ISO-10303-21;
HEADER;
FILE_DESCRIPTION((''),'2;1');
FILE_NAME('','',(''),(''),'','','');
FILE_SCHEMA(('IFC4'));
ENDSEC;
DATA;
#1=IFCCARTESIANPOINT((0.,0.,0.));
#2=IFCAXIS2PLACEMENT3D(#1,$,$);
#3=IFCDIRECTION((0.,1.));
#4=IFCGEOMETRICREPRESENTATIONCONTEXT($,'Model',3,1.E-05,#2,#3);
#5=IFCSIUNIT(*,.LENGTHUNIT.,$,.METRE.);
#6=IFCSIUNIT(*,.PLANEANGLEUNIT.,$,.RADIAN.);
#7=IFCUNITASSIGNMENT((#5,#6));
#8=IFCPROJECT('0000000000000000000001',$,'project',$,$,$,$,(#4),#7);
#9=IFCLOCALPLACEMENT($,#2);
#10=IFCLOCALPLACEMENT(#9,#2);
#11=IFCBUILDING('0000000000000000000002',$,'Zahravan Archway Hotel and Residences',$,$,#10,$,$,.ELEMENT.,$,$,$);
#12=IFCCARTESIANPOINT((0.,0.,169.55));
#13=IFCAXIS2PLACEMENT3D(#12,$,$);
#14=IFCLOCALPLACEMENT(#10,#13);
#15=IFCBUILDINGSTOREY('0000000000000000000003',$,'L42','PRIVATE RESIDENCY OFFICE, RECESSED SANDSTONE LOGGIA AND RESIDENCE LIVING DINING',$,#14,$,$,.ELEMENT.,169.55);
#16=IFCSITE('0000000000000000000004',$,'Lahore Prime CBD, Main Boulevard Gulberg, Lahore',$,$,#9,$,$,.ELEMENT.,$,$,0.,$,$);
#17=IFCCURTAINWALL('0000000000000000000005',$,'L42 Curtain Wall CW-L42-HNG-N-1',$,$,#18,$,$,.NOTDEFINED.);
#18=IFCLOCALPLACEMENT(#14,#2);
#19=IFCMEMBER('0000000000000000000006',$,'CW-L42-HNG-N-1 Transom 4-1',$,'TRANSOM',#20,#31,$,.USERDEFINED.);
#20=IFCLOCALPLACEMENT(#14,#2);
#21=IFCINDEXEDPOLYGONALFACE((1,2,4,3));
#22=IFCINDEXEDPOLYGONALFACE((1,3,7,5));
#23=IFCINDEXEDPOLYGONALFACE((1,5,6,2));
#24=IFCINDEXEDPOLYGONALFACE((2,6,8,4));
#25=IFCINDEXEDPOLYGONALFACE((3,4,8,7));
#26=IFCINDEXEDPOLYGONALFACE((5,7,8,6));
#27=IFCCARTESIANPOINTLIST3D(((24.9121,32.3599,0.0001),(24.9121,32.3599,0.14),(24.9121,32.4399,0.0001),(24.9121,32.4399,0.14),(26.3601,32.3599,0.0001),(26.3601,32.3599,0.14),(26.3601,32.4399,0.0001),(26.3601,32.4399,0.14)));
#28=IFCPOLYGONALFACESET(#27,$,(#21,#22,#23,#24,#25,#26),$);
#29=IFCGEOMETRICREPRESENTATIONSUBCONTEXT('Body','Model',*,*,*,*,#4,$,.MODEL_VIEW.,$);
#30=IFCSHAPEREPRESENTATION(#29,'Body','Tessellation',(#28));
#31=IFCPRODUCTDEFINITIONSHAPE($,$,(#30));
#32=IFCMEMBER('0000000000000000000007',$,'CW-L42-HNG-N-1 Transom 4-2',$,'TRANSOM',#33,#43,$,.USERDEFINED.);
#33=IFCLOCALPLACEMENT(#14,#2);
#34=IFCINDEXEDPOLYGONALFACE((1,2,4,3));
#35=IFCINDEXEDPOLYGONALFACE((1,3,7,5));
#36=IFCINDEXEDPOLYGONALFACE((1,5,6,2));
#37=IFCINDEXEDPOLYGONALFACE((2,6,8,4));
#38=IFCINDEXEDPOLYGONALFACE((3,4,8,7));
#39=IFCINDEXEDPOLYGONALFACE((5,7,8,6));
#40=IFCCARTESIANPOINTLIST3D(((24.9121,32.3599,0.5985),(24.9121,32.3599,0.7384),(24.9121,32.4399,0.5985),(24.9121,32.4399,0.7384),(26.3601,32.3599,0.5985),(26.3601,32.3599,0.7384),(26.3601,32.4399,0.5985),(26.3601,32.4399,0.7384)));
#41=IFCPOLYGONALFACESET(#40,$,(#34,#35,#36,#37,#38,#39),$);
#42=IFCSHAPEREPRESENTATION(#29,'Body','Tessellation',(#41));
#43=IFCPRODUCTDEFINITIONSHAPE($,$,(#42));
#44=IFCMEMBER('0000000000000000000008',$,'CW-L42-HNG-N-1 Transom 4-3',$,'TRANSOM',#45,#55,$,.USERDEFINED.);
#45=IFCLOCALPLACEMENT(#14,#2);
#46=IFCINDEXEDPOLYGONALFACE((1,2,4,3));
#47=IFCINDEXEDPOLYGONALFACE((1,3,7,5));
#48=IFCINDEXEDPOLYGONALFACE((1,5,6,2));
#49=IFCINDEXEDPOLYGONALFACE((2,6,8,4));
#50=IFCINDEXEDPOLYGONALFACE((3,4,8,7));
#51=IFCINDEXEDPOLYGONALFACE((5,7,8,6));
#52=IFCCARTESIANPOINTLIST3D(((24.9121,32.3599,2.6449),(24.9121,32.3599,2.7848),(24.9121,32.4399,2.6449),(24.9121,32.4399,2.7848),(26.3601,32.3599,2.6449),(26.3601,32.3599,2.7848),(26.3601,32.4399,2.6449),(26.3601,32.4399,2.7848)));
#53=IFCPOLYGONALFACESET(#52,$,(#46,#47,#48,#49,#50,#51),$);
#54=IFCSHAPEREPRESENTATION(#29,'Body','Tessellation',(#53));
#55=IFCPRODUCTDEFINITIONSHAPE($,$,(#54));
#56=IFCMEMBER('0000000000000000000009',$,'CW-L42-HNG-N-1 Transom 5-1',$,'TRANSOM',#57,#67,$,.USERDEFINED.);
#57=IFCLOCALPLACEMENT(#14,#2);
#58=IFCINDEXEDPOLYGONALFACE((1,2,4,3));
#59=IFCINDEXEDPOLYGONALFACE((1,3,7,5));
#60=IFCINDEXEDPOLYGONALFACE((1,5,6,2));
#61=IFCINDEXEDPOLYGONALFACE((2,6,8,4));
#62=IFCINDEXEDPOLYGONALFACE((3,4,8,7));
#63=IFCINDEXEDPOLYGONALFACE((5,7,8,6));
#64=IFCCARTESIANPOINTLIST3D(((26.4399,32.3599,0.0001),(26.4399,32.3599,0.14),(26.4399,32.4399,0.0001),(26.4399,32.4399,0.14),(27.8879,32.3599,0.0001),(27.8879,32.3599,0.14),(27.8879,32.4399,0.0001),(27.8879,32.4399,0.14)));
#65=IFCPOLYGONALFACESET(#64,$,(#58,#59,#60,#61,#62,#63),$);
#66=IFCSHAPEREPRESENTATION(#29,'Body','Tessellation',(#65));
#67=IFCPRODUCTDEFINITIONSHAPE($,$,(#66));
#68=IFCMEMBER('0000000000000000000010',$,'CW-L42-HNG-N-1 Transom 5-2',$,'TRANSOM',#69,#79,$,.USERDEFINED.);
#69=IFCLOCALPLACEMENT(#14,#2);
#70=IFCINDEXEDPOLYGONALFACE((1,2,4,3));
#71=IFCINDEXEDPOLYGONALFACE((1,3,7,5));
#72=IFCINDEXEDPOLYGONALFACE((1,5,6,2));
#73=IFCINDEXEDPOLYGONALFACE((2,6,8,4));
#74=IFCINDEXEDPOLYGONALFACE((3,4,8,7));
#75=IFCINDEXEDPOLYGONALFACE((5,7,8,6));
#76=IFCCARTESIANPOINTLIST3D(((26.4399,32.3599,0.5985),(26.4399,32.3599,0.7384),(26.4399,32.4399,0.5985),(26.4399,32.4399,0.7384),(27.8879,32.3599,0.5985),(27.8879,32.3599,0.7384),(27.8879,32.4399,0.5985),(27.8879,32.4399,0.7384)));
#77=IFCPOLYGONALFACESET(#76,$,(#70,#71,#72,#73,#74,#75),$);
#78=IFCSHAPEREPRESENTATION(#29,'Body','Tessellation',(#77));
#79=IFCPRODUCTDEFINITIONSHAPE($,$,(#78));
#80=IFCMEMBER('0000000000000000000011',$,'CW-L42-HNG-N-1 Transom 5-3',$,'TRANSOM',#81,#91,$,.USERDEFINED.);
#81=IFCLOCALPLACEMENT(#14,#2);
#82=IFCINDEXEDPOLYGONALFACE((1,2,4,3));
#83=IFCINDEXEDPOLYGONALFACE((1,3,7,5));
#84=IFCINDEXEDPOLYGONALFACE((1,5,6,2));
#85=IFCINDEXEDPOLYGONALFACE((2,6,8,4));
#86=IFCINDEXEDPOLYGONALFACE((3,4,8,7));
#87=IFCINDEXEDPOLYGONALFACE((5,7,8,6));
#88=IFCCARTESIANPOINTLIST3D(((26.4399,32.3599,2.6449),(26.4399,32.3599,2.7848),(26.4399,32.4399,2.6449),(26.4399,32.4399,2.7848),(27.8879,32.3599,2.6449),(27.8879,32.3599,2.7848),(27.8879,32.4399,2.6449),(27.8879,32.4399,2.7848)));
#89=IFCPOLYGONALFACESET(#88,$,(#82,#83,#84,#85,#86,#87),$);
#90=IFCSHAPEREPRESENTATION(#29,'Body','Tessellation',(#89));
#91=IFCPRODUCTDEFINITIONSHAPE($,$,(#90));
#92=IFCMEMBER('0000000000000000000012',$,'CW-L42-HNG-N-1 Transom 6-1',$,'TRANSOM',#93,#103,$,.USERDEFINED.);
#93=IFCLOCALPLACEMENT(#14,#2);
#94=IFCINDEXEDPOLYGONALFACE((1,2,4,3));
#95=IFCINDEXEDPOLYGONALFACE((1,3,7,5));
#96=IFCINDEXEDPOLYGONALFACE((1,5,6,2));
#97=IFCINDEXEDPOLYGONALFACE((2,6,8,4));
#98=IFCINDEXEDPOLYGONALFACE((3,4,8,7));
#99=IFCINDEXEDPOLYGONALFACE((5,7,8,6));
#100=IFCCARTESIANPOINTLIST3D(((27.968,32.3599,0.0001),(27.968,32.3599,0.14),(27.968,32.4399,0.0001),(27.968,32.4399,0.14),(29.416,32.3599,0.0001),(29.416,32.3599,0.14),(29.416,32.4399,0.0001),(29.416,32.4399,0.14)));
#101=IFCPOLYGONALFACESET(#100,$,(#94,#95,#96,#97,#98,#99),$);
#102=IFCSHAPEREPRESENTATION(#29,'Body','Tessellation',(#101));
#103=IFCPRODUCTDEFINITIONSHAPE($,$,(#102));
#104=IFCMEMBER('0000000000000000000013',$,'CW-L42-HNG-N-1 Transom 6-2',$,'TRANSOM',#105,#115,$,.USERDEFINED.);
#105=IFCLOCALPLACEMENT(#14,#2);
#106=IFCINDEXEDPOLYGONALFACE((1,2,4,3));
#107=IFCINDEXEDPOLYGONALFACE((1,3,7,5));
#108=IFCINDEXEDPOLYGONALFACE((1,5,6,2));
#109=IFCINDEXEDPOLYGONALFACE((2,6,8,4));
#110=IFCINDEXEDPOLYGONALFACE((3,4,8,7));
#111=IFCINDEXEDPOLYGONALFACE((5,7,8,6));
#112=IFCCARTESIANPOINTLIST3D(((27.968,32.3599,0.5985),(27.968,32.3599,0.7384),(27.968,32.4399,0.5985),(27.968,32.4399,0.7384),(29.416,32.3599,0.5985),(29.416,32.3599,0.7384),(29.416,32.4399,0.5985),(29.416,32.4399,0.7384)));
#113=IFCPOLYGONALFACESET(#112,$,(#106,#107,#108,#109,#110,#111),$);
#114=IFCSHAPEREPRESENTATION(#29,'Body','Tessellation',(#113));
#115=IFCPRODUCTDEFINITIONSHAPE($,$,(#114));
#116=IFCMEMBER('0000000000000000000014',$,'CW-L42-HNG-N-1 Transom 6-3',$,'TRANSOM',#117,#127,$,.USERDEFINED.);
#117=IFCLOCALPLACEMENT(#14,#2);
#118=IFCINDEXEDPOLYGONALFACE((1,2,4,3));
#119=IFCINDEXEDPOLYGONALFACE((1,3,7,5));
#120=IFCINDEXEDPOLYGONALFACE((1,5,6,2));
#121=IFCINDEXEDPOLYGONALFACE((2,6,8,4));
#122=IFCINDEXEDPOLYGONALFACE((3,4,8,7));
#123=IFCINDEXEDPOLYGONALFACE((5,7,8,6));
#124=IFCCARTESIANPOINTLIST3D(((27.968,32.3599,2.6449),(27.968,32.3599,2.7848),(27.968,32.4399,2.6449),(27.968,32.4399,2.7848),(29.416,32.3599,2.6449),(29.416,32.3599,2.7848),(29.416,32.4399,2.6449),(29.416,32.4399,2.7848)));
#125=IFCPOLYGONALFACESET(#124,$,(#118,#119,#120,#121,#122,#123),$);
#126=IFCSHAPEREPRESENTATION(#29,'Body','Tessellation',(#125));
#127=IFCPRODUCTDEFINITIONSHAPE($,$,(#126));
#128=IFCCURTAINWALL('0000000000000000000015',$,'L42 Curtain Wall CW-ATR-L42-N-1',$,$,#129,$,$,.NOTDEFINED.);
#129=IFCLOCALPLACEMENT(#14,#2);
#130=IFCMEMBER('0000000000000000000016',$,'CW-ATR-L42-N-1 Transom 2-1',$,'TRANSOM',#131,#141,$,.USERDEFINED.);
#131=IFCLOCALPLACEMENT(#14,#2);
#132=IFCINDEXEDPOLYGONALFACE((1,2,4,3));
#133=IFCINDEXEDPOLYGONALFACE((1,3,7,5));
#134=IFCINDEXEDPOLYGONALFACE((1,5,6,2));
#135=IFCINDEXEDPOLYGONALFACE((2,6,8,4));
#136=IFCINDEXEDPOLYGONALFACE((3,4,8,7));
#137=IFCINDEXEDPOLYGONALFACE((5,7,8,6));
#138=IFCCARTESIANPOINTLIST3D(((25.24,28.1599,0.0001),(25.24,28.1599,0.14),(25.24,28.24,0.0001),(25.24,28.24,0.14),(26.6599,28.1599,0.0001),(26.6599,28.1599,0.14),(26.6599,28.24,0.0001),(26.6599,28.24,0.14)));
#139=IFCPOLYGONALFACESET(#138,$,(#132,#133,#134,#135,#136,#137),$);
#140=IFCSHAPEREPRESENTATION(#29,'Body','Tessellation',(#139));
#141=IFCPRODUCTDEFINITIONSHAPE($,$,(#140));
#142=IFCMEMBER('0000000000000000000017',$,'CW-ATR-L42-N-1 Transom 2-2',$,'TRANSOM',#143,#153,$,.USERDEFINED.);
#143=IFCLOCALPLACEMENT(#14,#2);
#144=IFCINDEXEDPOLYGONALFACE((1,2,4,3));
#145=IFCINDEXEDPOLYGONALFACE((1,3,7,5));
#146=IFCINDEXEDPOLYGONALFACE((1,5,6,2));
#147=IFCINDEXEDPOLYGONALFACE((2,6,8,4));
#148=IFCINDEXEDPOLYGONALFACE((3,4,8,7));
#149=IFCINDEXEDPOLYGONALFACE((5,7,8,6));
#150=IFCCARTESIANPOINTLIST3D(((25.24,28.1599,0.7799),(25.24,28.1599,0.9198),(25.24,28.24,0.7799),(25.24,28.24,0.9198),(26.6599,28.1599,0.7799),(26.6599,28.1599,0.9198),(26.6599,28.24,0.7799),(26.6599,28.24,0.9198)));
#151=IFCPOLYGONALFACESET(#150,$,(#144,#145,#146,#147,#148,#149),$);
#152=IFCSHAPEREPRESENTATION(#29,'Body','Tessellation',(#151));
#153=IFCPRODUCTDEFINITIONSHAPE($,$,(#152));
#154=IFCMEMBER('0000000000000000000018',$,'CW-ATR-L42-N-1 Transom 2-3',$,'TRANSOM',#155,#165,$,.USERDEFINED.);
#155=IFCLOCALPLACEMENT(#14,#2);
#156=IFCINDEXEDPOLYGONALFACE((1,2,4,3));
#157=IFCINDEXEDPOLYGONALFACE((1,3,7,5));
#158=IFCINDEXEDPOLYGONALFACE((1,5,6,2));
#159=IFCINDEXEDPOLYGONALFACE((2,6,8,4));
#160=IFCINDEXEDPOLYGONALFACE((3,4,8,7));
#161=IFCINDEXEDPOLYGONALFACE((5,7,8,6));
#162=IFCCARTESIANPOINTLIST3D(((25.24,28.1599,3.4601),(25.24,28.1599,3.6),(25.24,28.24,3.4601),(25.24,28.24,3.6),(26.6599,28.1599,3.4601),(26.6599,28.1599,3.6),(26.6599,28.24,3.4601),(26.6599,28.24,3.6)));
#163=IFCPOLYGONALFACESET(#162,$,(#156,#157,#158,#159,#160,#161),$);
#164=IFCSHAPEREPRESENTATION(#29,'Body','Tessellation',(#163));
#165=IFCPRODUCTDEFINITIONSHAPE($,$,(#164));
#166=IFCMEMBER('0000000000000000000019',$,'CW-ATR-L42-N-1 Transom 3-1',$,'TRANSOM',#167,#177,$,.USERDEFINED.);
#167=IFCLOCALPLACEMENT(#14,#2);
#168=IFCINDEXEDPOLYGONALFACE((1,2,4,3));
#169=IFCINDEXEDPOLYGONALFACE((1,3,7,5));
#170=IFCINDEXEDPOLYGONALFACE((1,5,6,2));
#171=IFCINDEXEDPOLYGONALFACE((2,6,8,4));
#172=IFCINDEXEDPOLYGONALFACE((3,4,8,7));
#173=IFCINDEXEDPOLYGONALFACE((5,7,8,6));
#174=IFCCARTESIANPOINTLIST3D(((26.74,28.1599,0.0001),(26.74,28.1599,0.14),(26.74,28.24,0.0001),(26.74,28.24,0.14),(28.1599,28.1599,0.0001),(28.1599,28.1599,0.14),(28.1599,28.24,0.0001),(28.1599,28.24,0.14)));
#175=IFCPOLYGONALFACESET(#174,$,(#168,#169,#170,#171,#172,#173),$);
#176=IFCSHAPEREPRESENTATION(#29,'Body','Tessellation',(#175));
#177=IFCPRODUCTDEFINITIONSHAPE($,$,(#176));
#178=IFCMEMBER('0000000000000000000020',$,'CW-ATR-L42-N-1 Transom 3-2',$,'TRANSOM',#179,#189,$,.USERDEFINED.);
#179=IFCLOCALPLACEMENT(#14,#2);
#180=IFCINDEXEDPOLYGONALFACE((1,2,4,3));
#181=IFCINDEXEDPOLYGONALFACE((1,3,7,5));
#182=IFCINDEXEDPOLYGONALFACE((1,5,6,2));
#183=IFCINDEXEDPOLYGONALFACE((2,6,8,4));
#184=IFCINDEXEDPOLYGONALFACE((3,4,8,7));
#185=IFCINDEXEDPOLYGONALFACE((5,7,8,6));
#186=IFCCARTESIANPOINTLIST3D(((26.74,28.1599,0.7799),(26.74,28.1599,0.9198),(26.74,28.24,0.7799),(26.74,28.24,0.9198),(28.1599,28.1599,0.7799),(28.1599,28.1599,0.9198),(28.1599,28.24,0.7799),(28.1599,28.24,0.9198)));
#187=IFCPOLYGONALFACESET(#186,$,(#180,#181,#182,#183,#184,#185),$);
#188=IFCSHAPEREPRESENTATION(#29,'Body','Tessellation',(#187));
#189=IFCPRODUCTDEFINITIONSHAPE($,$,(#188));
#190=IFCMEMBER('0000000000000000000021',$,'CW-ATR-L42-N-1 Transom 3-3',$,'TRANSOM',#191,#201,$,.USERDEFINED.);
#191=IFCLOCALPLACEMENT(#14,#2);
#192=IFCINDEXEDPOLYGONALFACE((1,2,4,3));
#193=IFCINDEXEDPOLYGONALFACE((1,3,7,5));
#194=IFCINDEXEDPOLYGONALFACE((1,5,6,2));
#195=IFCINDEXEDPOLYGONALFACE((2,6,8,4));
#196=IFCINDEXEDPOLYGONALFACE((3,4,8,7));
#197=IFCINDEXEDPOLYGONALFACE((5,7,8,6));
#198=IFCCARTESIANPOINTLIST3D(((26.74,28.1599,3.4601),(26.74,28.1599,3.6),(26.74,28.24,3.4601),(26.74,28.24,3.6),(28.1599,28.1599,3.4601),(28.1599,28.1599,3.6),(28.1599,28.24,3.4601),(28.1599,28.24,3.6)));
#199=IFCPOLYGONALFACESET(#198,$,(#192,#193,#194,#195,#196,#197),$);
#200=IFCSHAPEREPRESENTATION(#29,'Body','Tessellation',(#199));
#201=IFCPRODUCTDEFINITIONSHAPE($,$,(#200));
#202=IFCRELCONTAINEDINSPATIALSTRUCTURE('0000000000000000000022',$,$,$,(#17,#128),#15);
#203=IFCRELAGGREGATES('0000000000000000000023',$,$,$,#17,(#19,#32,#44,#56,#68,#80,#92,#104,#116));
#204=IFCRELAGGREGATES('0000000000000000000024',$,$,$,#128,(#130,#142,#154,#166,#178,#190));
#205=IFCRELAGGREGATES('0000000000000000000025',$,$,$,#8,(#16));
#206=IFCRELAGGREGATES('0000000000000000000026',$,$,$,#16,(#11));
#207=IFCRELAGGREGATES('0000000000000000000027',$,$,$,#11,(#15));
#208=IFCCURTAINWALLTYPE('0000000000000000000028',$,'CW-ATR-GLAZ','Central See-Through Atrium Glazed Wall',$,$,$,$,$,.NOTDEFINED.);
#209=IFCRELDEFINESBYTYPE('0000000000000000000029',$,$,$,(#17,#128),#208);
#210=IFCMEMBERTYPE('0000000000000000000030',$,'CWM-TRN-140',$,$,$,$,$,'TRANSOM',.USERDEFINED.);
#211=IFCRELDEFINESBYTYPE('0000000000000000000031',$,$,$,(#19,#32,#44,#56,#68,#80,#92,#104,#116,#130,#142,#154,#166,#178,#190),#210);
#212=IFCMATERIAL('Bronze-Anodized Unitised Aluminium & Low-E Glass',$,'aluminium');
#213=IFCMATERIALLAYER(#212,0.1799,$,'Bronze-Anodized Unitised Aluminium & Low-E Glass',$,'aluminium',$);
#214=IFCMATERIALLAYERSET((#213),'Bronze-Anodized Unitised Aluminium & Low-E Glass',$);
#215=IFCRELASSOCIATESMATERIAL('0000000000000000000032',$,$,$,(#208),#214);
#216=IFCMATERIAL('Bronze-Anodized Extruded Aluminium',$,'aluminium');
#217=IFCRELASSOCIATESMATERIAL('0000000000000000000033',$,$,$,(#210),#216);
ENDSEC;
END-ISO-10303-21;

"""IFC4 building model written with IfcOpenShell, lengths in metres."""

from ifc_helpers import new_model, si_unit, direction, frame, origin, origin_2d, place, context, subcontext, project, spatial, rectangle, extrude, source, transform, mapped, material, layer, layer_set, material_profile, profile_set, type_object, element, aggregate, save


model = new_model("IFC4")

# Units and contexts
model_context = context("Model", 3, precision=1e-05, world=origin(), true_north=direction((0.0, 1.0)))
body_context = subcontext(model_context, "Body", "Model", "MODEL_VIEW")
ifc_project = project(units=[si_unit("LENGTHUNIT", "METRE"), si_unit("PLANEANGLEUNIT", "RADIAN")], contexts=[model_context])

# Site, building, storey
site_placement = place(None, origin())
site = spatial("IfcSite", under=ifc_project, at=site_placement, Name="Lahore Prime CBD, Main Boulevard Gulberg, Lahore", CompositionType="ELEMENT", RefElevation=0.0)
building_placement = place(site_placement, origin())
building = spatial("IfcBuilding", under=site, at=building_placement, Name="Zahravan Archway Hotel and Residences", CompositionType="ELEMENT")
storey_placement = place(building_placement, frame((0.0, 0.0, 169.55)))
storey = spatial("IfcBuildingStorey", under=building, at=storey_placement, Name="L42", Description="PRIVATE RESIDENCY OFFICE, RECESSED SANDSTONE LOGGIA AND RESIDENCE LIVING DINING", CompositionType="ELEMENT", Elevation=169.55)

# Curtain walls, members
ifc_material_1 = material(Name="Bronze-Anodized Unitised Aluminium & Low-E Glass", Category="aluminium")
ifc_layer_1 = layer(ifc_material_1, 0.1799, Name="Bronze-Anodized Unitised Aluminium & Low-E Glass", Category="aluminium")
ifc_layer_set_1 = layer_set([ifc_layer_1], Name="Bronze-Anodized Unitised Aluminium & Low-E Glass")
curtain_wall_type = type_object("IfcCurtainWallType", Name="CW-ATR-GLAZ", Description="Central See-Through Atrium Glazed Wall", PredefinedType="NOTDEFINED", material=ifc_layer_set_1)
curtain_wall_1_placement = place(storey_placement, origin())
curtain_wall_1 = element("IfcCurtainWall", 1, at=curtain_wall_1_placement, inside=storey, type_object=curtain_wall_type, Name="L42 Curtain Wall CW-L42-HNG-N-1", PredefinedType="NOTDEFINED")
ifc_material_2 = material(Name="Bronze-Anodized Extruded Aluminium", Category="aluminium")
ifc_material_profile_1 = material_profile(ifc_material_2, rectangle(XDim=0.0801, YDim=0.1399, at=origin_2d()), Name="TRN 80x140", Category="aluminium")
ifc_profile_set_1 = profile_set([ifc_material_profile_1], Name="Bronze-Anodized Extruded Aluminium")
member_type_1 = type_object("IfcMemberType", Name="CWM-TRN-140", ElementType="TRANSOM", PredefinedType="USERDEFINED", material=ifc_profile_set_1)
shared_shape_1 = source(origin(), body_context, "Body", "SweptSolid", [
    extrude(rectangle(XDim=0.0801, YDim=0.1399, at=origin_2d()), origin(), (0.0, 0.0, 1.0), 1.448),
])
member_1_placement = place(storey_placement, frame((24.9121, 32.3999, 0.0701), z_axis=(1.0, 0.0, 0.0), x_axis=(0.0, 1.0, 0.0)))
member_1 = element("IfcMember", 2, at=member_1_placement, type_object=member_type_1, Name="CW-L42-HNG-N-1 Transom 4-1", ObjectType="TRANSOM", PredefinedType="USERDEFINED", context=body_context, shape_type="MappedRepresentation", body=[
    mapped(shared_shape_1, transform((0.0, 0.0, 0.0), scale=1.0)),
])
member_2_placement = place(storey_placement, frame((24.9121, 32.3999, 0.6685), z_axis=(1.0, 0.0, 0.0), x_axis=(0.0, 1.0, 0.0)))
member_2 = element("IfcMember", 3, at=member_2_placement, type_object=member_type_1, Name="CW-L42-HNG-N-1 Transom 4-2", ObjectType="TRANSOM", PredefinedType="USERDEFINED", context=body_context, shape_type="MappedRepresentation", body=[
    mapped(shared_shape_1, transform((0.0, 0.0, 0.0), scale=1.0)),
])
member_3_placement = place(storey_placement, frame((24.9121, 32.3999, 2.7148), z_axis=(1.0, 0.0, 0.0), x_axis=(0.0, 1.0, 0.0)))
member_3 = element("IfcMember", 4, at=member_3_placement, type_object=member_type_1, Name="CW-L42-HNG-N-1 Transom 4-3", ObjectType="TRANSOM", PredefinedType="USERDEFINED", context=body_context, shape_type="MappedRepresentation", body=[
    mapped(shared_shape_1, transform((0.0, 0.0, 0.0), scale=1.0)),
])
member_4_placement = place(storey_placement, frame((26.4399, 32.3999, 0.0701), z_axis=(1.0, 0.0, 0.0), x_axis=(0.0, 1.0, 0.0)))
member_4 = element("IfcMember", 5, at=member_4_placement, type_object=member_type_1, Name="CW-L42-HNG-N-1 Transom 5-1", ObjectType="TRANSOM", PredefinedType="USERDEFINED", context=body_context, shape_type="MappedRepresentation", body=[
    mapped(shared_shape_1, transform((0.0, 0.0, 0.0), scale=1.0)),
])
member_5_placement = place(storey_placement, frame((26.4399, 32.3999, 0.6685), z_axis=(1.0, 0.0, 0.0), x_axis=(0.0, 1.0, 0.0)))
member_5 = element("IfcMember", 6, at=member_5_placement, type_object=member_type_1, Name="CW-L42-HNG-N-1 Transom 5-2", ObjectType="TRANSOM", PredefinedType="USERDEFINED", context=body_context, shape_type="MappedRepresentation", body=[
    mapped(shared_shape_1, transform((0.0, 0.0, 0.0), scale=1.0)),
])
member_6_placement = place(storey_placement, frame((26.4399, 32.3999, 2.7148), z_axis=(1.0, 0.0, 0.0), x_axis=(0.0, 1.0, 0.0)))
member_6 = element("IfcMember", 7, at=member_6_placement, type_object=member_type_1, Name="CW-L42-HNG-N-1 Transom 5-3", ObjectType="TRANSOM", PredefinedType="USERDEFINED", context=body_context, shape_type="MappedRepresentation", body=[
    mapped(shared_shape_1, transform((0.0, 0.0, 0.0), scale=1.0)),
])
member_7_placement = place(storey_placement, frame((27.968, 32.3999, 0.0701), z_axis=(1.0, 0.0, 0.0), x_axis=(0.0, 1.0, 0.0)))
member_7 = element("IfcMember", 8, at=member_7_placement, type_object=member_type_1, Name="CW-L42-HNG-N-1 Transom 6-1", ObjectType="TRANSOM", PredefinedType="USERDEFINED", context=body_context, shape_type="MappedRepresentation", body=[
    mapped(shared_shape_1, transform((0.0, 0.0, 0.0), scale=1.0)),
])
member_8_placement = place(storey_placement, frame((27.968, 32.3999, 0.6685), z_axis=(1.0, 0.0, 0.0), x_axis=(0.0, 1.0, 0.0)))
member_8 = element("IfcMember", 9, at=member_8_placement, type_object=member_type_1, Name="CW-L42-HNG-N-1 Transom 6-2", ObjectType="TRANSOM", PredefinedType="USERDEFINED", context=body_context, shape_type="MappedRepresentation", body=[
    mapped(shared_shape_1, transform((0.0, 0.0, 0.0), scale=1.0)),
])
member_9_placement = place(storey_placement, frame((27.968, 32.3999, 2.7148), z_axis=(1.0, 0.0, 0.0), x_axis=(0.0, 1.0, 0.0)))
member_9 = element("IfcMember", 10, at=member_9_placement, type_object=member_type_1, Name="CW-L42-HNG-N-1 Transom 6-3", ObjectType="TRANSOM", PredefinedType="USERDEFINED", context=body_context, shape_type="MappedRepresentation", body=[
    mapped(shared_shape_1, transform((0.0, 0.0, 0.0), scale=1.0)),
])
curtain_wall_2_placement = place(storey_placement, origin())
curtain_wall_2 = element("IfcCurtainWall", 11, at=curtain_wall_2_placement, inside=storey, type_object=curtain_wall_type, Name="L42 Curtain Wall CW-ATR-L42-N-1", PredefinedType="NOTDEFINED")
shared_shape_2 = source(origin(), body_context, "Body", "SweptSolid", [
    extrude(rectangle(XDim=0.0801, YDim=0.1399, at=origin_2d()), origin(), (0.0, 0.0, 1.0), 1.4199),
])
member_10_placement = place(storey_placement, frame((25.24, 28.2, 0.0701), z_axis=(1.0, 0.0, 0.0), x_axis=(0.0, 1.0, 0.0)))
member_10 = element("IfcMember", 12, at=member_10_placement, type_object=member_type_1, Name="CW-ATR-L42-N-1 Transom 2-1", ObjectType="TRANSOM", PredefinedType="USERDEFINED", context=body_context, shape_type="MappedRepresentation", body=[
    mapped(shared_shape_2, transform((0.0, 0.0, 0.0), scale=1.0)),
])
member_11_placement = place(storey_placement, frame((25.24, 28.2, 0.8499), z_axis=(1.0, 0.0, 0.0), x_axis=(0.0, 1.0, 0.0)))
member_11 = element("IfcMember", 13, at=member_11_placement, type_object=member_type_1, Name="CW-ATR-L42-N-1 Transom 2-2", ObjectType="TRANSOM", PredefinedType="USERDEFINED", context=body_context, shape_type="MappedRepresentation", body=[
    mapped(shared_shape_2, transform((0.0, 0.0, 0.0), scale=1.0)),
])
member_12_placement = place(storey_placement, frame((25.24, 28.2, 3.53), z_axis=(1.0, 0.0, 0.0), x_axis=(0.0, 1.0, 0.0)))
member_12 = element("IfcMember", 14, at=member_12_placement, type_object=member_type_1, Name="CW-ATR-L42-N-1 Transom 2-3", ObjectType="TRANSOM", PredefinedType="USERDEFINED", context=body_context, shape_type="MappedRepresentation", body=[
    mapped(shared_shape_2, transform((0.0, 0.0, 0.0), scale=1.0)),
])
member_13_placement = place(storey_placement, frame((26.74, 28.2, 0.0701), z_axis=(1.0, 0.0, 0.0), x_axis=(0.0, 1.0, 0.0)))
member_13 = element("IfcMember", 15, at=member_13_placement, type_object=member_type_1, Name="CW-ATR-L42-N-1 Transom 3-1", ObjectType="TRANSOM", PredefinedType="USERDEFINED", context=body_context, shape_type="MappedRepresentation", body=[
    mapped(shared_shape_2, transform((0.0, 0.0, 0.0), scale=1.0)),
])
member_14_placement = place(storey_placement, frame((26.74, 28.2, 0.8499), z_axis=(1.0, 0.0, 0.0), x_axis=(0.0, 1.0, 0.0)))
member_14 = element("IfcMember", 16, at=member_14_placement, type_object=member_type_1, Name="CW-ATR-L42-N-1 Transom 3-2", ObjectType="TRANSOM", PredefinedType="USERDEFINED", context=body_context, shape_type="MappedRepresentation", body=[
    mapped(shared_shape_2, transform((0.0, 0.0, 0.0), scale=1.0)),
])
member_15_placement = place(storey_placement, frame((26.74, 28.2, 3.53), z_axis=(1.0, 0.0, 0.0), x_axis=(0.0, 1.0, 0.0)))
member_15 = element("IfcMember", 17, at=member_15_placement, type_object=member_type_1, Name="CW-ATR-L42-N-1 Transom 3-3", ObjectType="TRANSOM", PredefinedType="USERDEFINED", context=body_context, shape_type="MappedRepresentation", body=[
    mapped(shared_shape_2, transform((0.0, 0.0, 0.0), scale=1.0)),
])

aggregate(curtain_wall_1, [member_1, member_2, member_3, member_4, member_5, member_6, member_7, member_8, member_9])
aggregate(curtain_wall_2, [member_10, member_11, member_12, member_13, member_14, member_15])

save(model, "model.ifc")
